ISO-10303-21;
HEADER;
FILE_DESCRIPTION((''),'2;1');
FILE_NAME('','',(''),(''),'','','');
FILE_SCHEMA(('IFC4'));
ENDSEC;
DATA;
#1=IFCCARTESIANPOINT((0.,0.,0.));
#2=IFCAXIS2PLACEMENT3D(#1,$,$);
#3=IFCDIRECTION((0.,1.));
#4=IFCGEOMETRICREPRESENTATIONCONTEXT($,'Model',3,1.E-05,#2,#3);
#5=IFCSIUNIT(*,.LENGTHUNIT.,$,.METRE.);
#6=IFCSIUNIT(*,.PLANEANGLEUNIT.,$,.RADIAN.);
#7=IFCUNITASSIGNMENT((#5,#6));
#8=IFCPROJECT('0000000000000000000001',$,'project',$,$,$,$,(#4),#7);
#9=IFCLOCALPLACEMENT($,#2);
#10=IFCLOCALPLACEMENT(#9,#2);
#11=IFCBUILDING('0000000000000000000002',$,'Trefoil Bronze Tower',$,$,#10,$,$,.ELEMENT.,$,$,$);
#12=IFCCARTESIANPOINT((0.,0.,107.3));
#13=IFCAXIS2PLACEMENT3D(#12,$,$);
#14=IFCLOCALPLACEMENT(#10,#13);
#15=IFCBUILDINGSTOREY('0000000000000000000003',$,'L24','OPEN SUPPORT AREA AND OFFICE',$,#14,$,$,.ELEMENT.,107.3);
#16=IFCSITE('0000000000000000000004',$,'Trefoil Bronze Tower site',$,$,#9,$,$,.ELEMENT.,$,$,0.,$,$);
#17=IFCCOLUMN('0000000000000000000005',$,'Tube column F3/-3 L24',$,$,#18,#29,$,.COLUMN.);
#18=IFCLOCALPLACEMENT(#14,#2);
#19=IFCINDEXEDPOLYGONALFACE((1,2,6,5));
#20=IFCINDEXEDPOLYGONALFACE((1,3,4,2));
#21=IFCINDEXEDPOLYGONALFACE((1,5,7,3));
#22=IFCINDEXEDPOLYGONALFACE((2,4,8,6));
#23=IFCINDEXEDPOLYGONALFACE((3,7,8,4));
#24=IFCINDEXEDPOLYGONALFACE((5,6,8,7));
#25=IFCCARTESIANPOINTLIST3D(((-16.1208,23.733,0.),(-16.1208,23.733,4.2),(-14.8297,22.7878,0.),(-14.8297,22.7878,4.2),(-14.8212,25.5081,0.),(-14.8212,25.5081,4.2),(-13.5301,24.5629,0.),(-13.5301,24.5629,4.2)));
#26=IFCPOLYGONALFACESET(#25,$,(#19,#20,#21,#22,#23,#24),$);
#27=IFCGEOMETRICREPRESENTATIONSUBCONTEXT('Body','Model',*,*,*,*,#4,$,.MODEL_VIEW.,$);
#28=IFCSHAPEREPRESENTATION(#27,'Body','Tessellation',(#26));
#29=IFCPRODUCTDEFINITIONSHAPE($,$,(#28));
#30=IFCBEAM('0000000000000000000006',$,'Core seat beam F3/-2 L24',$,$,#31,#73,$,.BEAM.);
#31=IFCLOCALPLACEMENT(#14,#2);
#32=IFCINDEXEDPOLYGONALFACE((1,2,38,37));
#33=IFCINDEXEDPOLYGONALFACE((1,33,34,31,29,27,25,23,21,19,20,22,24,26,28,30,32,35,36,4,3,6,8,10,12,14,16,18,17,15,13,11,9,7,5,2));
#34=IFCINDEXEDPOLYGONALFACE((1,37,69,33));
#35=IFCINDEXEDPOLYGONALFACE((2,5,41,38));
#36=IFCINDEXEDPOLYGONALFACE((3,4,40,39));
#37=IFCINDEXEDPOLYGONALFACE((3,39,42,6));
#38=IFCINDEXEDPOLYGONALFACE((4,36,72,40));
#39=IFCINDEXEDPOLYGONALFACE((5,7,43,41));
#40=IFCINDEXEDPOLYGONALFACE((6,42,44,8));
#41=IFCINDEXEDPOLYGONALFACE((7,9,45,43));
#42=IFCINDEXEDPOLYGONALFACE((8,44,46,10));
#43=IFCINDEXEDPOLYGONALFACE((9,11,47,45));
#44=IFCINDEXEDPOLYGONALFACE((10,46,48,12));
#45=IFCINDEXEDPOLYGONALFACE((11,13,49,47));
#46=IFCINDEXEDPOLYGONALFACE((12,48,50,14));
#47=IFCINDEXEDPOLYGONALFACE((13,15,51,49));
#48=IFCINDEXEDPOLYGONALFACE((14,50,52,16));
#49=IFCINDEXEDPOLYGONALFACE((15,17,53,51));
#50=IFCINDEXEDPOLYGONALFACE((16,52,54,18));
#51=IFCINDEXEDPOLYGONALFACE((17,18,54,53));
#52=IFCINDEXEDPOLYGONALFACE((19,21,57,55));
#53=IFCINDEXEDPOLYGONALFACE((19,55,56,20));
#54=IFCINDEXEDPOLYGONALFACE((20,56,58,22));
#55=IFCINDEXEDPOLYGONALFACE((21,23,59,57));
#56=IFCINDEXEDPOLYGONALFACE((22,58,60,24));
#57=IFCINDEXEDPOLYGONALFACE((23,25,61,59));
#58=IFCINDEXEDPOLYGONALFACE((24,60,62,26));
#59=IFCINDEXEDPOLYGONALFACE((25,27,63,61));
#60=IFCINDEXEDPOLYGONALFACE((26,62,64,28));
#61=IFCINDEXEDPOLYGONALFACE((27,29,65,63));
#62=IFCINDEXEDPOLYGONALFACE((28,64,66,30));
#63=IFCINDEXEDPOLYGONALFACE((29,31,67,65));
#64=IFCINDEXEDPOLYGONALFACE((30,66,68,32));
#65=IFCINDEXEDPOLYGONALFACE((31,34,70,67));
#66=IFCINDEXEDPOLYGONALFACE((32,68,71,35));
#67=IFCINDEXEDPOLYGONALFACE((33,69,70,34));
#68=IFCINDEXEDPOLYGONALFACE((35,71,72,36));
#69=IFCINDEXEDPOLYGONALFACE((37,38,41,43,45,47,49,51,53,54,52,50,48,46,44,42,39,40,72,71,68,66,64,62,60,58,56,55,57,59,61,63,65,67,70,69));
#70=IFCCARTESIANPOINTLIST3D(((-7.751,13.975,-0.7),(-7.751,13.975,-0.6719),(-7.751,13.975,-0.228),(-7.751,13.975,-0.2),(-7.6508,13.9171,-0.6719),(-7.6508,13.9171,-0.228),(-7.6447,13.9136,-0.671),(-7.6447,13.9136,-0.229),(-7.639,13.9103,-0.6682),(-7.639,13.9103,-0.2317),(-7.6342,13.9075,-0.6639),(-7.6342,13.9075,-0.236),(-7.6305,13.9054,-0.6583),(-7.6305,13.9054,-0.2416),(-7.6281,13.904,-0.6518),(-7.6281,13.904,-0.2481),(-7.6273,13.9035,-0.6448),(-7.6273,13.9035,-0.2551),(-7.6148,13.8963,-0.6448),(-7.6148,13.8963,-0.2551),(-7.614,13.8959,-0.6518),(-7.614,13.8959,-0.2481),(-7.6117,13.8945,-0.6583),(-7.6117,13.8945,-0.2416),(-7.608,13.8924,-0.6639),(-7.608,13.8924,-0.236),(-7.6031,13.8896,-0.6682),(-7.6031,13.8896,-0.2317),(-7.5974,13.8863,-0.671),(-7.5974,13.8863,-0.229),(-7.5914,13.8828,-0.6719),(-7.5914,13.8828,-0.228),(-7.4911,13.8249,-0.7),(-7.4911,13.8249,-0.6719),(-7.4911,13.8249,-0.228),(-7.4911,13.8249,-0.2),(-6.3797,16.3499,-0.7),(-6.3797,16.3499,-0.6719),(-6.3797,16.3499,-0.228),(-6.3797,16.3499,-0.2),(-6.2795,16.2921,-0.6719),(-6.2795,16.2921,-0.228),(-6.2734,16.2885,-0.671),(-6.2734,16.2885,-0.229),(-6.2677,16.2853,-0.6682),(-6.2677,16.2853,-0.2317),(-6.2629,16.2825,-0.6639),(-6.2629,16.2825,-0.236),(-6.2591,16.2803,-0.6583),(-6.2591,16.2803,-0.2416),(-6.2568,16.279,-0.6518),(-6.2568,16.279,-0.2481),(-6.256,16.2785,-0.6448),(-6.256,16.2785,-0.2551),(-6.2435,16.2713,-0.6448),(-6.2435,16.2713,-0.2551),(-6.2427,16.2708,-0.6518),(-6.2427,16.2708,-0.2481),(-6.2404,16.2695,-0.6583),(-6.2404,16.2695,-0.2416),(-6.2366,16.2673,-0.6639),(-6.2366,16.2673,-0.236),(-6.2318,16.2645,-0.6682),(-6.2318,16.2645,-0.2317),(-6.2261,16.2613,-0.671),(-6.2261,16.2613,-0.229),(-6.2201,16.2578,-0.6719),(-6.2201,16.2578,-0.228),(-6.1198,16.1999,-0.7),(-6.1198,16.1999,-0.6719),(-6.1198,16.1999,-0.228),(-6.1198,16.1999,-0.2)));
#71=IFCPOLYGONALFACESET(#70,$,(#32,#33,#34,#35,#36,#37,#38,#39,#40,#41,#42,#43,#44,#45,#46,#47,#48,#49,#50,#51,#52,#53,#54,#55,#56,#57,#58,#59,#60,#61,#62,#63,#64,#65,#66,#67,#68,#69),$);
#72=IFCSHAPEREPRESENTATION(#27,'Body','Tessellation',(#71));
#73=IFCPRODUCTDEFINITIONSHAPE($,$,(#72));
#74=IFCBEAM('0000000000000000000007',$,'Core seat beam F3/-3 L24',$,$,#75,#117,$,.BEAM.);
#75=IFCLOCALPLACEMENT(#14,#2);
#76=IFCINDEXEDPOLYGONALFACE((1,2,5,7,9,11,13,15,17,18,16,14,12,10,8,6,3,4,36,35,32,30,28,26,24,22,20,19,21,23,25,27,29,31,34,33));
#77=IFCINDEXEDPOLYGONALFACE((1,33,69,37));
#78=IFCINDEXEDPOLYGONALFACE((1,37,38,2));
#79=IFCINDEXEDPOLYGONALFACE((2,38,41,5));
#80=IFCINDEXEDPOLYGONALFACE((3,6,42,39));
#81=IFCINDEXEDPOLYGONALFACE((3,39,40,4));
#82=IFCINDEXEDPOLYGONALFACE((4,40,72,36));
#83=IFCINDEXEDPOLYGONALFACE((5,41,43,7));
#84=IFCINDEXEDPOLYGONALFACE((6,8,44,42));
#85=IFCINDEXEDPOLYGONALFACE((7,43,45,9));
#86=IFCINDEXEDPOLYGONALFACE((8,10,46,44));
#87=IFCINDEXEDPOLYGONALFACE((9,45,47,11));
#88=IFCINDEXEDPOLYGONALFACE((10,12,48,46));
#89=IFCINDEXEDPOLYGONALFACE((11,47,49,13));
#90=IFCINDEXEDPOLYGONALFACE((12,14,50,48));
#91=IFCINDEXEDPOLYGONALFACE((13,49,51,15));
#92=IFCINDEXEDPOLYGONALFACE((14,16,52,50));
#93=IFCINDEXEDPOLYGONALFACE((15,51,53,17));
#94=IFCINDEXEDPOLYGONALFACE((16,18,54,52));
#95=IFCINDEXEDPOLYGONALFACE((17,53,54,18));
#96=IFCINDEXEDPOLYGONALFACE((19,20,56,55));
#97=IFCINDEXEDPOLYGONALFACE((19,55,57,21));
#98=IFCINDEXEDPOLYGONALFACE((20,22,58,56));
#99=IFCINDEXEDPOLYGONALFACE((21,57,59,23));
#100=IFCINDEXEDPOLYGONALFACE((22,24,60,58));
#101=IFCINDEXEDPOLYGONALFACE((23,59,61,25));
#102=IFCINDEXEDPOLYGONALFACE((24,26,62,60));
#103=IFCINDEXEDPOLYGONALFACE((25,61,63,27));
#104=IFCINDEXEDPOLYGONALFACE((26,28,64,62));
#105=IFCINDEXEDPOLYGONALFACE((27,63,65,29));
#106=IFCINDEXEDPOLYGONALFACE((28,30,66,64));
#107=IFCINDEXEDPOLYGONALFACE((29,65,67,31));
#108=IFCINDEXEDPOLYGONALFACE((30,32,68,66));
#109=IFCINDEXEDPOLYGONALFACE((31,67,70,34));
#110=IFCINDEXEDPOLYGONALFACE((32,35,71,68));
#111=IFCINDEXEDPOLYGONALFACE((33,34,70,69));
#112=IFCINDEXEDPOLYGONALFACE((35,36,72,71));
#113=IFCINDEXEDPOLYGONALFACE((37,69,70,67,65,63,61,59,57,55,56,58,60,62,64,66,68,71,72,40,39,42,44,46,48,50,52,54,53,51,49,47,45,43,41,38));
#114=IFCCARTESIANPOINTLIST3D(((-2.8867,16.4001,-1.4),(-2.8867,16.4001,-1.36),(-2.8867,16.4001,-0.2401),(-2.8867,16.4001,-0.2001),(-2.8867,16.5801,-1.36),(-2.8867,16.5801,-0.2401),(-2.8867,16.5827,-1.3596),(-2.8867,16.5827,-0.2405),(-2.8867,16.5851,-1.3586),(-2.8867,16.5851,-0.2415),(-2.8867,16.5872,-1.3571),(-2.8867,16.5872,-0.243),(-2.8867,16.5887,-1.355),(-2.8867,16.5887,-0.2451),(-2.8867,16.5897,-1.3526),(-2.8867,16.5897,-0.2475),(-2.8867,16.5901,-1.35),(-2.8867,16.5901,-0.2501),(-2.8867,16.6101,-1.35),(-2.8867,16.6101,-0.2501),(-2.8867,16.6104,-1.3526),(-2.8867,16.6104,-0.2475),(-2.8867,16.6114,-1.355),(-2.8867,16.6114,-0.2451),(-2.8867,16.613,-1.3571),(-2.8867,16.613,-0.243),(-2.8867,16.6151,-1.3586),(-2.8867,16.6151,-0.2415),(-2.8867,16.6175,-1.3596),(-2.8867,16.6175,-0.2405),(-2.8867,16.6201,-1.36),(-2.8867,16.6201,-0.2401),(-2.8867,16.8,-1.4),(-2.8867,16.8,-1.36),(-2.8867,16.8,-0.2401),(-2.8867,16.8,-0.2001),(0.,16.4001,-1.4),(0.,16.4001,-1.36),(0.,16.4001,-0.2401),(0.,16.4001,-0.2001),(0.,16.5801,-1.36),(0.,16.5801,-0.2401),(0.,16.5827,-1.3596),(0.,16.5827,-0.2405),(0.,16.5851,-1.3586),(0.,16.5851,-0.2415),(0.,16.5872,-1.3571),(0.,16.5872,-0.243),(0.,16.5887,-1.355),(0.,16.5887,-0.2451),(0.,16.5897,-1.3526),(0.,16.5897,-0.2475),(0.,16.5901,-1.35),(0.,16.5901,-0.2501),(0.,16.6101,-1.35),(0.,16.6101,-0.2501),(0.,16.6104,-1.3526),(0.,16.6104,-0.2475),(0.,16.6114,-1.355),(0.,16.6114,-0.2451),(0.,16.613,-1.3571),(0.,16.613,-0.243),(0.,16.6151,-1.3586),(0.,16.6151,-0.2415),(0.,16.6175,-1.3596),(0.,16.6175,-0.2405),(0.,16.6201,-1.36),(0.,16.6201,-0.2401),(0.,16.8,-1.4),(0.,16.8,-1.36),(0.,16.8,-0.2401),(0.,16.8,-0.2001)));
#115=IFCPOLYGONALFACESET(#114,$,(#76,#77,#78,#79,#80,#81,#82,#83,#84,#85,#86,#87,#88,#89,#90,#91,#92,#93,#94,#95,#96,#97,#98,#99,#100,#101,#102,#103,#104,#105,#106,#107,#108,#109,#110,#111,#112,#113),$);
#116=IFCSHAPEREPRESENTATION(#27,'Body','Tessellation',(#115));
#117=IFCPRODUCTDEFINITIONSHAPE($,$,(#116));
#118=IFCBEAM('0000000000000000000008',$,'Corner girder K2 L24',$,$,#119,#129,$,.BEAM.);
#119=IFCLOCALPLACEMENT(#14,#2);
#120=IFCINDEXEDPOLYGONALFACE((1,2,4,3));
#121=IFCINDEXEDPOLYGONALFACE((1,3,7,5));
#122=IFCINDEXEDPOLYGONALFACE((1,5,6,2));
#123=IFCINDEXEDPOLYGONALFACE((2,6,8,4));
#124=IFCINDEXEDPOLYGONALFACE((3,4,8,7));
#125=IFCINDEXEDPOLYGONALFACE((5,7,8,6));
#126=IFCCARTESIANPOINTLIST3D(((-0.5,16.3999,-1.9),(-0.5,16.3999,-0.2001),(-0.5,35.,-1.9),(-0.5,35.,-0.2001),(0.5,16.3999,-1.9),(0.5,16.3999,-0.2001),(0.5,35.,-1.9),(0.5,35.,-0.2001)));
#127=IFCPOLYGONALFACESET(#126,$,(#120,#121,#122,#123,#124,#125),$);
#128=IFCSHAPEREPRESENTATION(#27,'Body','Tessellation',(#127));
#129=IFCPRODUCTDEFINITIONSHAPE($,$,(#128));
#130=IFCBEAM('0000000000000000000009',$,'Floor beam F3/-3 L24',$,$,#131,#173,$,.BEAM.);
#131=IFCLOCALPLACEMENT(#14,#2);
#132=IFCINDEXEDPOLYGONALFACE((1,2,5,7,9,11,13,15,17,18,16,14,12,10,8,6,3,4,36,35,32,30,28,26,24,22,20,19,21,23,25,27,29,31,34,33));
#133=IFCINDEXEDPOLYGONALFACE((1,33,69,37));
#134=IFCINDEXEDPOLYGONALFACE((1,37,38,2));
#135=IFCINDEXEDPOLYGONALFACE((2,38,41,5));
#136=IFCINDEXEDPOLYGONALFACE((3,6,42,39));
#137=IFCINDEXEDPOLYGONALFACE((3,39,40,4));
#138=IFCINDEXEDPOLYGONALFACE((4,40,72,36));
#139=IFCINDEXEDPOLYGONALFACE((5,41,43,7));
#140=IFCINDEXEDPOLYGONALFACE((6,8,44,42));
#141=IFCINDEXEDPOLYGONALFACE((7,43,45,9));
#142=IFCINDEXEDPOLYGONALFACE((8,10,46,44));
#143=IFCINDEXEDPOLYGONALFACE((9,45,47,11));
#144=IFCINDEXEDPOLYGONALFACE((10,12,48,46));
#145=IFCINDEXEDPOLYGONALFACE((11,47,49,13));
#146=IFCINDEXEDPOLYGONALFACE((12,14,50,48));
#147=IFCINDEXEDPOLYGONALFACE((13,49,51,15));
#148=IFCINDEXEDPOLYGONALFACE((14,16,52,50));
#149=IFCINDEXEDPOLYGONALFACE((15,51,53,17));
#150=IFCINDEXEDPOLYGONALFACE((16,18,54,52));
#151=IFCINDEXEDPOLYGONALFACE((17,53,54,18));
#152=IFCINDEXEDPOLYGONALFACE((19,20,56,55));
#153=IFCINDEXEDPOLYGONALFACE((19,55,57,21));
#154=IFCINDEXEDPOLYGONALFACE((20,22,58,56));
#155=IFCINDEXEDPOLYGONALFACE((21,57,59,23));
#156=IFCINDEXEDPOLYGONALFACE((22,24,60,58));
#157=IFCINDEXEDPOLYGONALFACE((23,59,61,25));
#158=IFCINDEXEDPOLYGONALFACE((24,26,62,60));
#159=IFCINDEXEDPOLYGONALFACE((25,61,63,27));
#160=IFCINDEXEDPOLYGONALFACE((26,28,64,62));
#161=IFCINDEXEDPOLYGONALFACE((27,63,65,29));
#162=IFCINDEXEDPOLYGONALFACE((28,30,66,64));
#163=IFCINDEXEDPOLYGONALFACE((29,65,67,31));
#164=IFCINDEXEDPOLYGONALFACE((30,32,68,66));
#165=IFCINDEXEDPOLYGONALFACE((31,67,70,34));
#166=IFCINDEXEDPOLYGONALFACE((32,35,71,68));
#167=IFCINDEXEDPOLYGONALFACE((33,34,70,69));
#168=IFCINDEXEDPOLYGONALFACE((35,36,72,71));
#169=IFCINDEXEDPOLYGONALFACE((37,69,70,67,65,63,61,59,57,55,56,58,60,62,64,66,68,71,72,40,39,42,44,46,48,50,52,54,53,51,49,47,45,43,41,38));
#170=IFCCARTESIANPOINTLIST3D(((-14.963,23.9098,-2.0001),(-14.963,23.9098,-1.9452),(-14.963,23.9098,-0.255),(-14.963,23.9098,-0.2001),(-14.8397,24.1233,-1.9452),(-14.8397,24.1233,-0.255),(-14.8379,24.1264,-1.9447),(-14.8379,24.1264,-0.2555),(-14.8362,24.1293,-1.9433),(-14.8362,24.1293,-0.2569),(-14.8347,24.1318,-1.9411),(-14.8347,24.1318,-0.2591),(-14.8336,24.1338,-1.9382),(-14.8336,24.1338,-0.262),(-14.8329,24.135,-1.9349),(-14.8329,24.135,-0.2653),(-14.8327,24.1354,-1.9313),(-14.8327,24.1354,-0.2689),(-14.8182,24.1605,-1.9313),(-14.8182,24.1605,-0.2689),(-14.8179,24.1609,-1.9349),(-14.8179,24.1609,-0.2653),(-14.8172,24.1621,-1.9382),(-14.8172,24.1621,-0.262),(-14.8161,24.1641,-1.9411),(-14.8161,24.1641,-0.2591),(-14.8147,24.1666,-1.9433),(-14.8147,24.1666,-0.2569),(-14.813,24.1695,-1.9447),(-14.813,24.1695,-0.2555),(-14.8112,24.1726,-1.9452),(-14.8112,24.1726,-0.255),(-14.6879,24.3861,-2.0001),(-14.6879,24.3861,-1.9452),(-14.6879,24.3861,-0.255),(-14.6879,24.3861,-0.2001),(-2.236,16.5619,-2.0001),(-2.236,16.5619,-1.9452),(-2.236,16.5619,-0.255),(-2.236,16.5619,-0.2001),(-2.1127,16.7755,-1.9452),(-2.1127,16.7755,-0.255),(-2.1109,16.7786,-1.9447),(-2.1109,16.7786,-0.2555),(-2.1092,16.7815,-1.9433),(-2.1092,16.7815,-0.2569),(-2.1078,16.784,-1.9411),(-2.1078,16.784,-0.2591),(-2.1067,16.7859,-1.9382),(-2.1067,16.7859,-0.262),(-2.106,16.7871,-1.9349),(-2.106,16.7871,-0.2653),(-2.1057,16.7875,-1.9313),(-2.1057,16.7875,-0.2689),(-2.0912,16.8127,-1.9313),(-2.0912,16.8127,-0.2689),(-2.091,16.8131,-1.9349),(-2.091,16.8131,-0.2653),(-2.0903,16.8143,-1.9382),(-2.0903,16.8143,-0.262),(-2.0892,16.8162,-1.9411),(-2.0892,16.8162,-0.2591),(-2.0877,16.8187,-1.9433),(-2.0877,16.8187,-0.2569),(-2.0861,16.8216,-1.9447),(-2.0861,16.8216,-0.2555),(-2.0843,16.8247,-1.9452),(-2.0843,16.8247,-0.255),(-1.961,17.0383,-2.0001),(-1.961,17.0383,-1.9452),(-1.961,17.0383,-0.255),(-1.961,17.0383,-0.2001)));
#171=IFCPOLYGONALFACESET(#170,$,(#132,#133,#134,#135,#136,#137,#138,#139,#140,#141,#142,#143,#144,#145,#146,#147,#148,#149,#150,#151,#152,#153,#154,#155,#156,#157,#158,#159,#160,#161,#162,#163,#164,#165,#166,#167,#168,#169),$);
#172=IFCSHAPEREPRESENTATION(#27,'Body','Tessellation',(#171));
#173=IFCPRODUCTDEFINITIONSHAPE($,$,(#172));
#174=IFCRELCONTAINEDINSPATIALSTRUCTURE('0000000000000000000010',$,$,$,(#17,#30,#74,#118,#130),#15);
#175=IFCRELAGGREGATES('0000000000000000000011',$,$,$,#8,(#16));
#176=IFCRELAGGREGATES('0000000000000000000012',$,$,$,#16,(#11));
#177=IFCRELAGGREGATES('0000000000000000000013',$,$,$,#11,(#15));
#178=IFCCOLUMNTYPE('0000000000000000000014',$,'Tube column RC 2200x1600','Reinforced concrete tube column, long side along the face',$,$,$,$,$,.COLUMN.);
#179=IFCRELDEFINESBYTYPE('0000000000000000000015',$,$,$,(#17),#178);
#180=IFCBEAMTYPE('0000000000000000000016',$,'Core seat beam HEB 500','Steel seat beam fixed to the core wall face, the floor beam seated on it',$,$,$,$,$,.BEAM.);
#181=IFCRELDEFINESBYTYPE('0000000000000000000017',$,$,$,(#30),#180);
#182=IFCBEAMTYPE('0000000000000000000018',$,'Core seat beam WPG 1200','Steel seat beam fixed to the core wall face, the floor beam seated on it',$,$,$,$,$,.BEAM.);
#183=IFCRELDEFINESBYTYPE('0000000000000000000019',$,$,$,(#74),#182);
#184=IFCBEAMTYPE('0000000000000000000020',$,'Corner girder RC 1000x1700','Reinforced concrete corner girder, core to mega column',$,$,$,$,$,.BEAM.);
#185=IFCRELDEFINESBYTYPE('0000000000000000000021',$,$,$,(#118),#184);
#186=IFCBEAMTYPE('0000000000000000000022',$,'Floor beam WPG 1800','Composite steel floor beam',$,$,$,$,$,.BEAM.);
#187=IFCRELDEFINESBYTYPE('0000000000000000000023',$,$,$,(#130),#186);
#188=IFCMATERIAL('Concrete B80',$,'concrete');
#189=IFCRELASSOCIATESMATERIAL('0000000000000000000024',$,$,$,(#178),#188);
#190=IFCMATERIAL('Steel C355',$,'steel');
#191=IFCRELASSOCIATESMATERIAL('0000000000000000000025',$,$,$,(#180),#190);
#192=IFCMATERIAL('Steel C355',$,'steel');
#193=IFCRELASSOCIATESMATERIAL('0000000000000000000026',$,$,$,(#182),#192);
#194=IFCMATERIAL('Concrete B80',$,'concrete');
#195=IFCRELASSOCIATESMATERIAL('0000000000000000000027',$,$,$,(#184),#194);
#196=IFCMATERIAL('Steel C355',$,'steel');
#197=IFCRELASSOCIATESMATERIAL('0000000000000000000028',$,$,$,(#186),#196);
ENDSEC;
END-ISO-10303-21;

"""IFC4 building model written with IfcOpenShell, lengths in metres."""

from ifc_helpers import new_model, si_unit, direction, frame, origin, origin_2d, place, context, subcontext, project, spatial, rectangle, i_section, extrude, material, material_profile, profile_set, type_object, element, save


model = new_model("IFC4")

# Units and contexts
model_context = context("Model", 3, precision=1e-05, world=origin(), true_north=direction((0.0, 1.0)))
body_context = subcontext(model_context, "Body", "Model", "MODEL_VIEW")
ifc_project = project(units=[si_unit("LENGTHUNIT", "METRE"), si_unit("PLANEANGLEUNIT", "RADIAN")], contexts=[model_context])

# Site, building, storey
site_placement = place(None, origin())
site = spatial("IfcSite", under=ifc_project, at=site_placement, Name="Trefoil Bronze Tower site", CompositionType="ELEMENT", RefElevation=0.0)
building_placement = place(site_placement, origin())
building = spatial("IfcBuilding", under=site, at=building_placement, Name="Trefoil Bronze Tower", CompositionType="ELEMENT")
storey_placement = place(building_placement, frame((0.0, 0.0, 107.3)))
storey = spatial("IfcBuildingStorey", under=building, at=storey_placement, Name="L24", Description="OPEN SUPPORT AREA AND OFFICE", CompositionType="ELEMENT", Elevation=107.3)

# Column
ifc_material_1 = material(Name="Concrete B80", Category="concrete")
ifc_material_profile_1 = material_profile(ifc_material_1, rectangle(XDim=2.2, YDim=1.6001, at=origin_2d()), Name="RC 2200x1600")
ifc_profile_set_1 = profile_set([ifc_material_profile_1], Name="Concrete B80")
column_type = type_object("IfcColumnType", Name="Tube column RC 2200x1600", Description="Reinforced concrete tube column, long side along the face", PredefinedType="COLUMN", material=ifc_profile_set_1)
column_placement = place(storey_placement, frame((-14.8254, 24.1479, 0.0), z_axis=(0.0, 0.0, 1.0), x_axis=(-0.590723, -0.806875, 0.0)))
element("IfcColumn", 1, at=column_placement, inside=storey, type_object=column_type, Name="Tube column F3/-3 L24", PredefinedType="COLUMN", context=body_context, shape_type="SweptSolid", body=[
    extrude(rectangle(XDim=2.2, YDim=1.6001, at=origin_2d()), origin(), (0.0, 0.0, 1.0), 4.2),
])

# Beams
ifc_material_2 = material(Name="Steel C355", Category="steel")
ifc_material_profile_2 = material_profile(ifc_material_2, i_section(OverallWidth=0.3, OverallDepth=0.5, WebThickness=0.0144, FlangeThickness=0.0281, FilletRadius=0.0271, at=origin_2d()), Name="HEB 500")
ifc_profile_set_2 = profile_set([ifc_material_profile_2], Name="Steel C355")
beam_type_1 = type_object("IfcBeamType", Name="Core seat beam HEB 500", Description="Steel seat beam fixed to the core wall face, the floor beam seated on it", PredefinedType="BEAM", material=ifc_profile_set_2)
beam_1_placement = place(storey_placement, frame((-6.2498, 16.2749, -0.45), z_axis=(-0.500036, -0.866005, 0.0), x_axis=(0.866005, -0.500036, 0.0)))
element("IfcBeam", 2, at=beam_1_placement, inside=storey, type_object=beam_type_1, Name="Core seat beam F3/-2 L24", PredefinedType="BEAM", context=body_context, shape_type="SweptSolid", body=[
    extrude(i_section(OverallWidth=0.3, OverallDepth=0.5, WebThickness=0.0144, FlangeThickness=0.0281, FilletRadius=0.0271, at=origin_2d()), origin(), (0.0, 0.0, 1.0), 2.7424),
])
ifc_material_3 = material(Name="Steel C355", Category="steel")
ifc_material_profile_3 = material_profile(ifc_material_3, i_section(OverallWidth=0.3999, OverallDepth=1.2, WebThickness=0.02, FlangeThickness=0.04, FilletRadius=0.01, at=origin_2d()), Name="WPG 1200")
ifc_profile_set_3 = profile_set([ifc_material_profile_3], Name="Steel C355")
beam_type_2 = type_object("IfcBeamType", Name="Core seat beam WPG 1200", Description="Steel seat beam fixed to the core wall face, the floor beam seated on it", PredefinedType="BEAM", material=ifc_profile_set_3)
beam_2_placement = place(storey_placement, frame((0.0, 16.6001, -0.8), z_axis=(-1.0, 0.0, 0.0), x_axis=(0.0, -1.0, 0.0)))
element("IfcBeam", 3, at=beam_2_placement, inside=storey, type_object=beam_type_2, Name="Core seat beam F3/-3 L24", PredefinedType="BEAM", context=body_context, shape_type="SweptSolid", body=[
    extrude(i_section(OverallWidth=0.3999, OverallDepth=1.2, WebThickness=0.02, FlangeThickness=0.04, FilletRadius=0.01, at=origin_2d()), origin(), (0.0, 0.0, 1.0), 2.8867),
])
ifc_material_4 = material(Name="Concrete B80", Category="concrete")
ifc_material_profile_4 = material_profile(ifc_material_4, rectangle(XDim=1.0, YDim=1.7, at=origin_2d()), Name="RC 1000x1700")
ifc_profile_set_4 = profile_set([ifc_material_profile_4], Name="Concrete B80")
beam_type_3 = type_object("IfcBeamType", Name="Corner girder RC 1000x1700", Description="Reinforced concrete corner girder, core to mega column", PredefinedType="BEAM", material=ifc_profile_set_4)
beam_3_placement = place(storey_placement, frame((0.0, 16.3999, -1.05), z_axis=(0.0, 1.0, 0.0), x_axis=(-1.0, 0.0, 0.0)))
element("IfcBeam", 4, at=beam_3_placement, inside=storey, type_object=beam_type_3, Name="Corner girder K2 L24", PredefinedType="BEAM", context=body_context, shape_type="SweptSolid", body=[
    extrude(rectangle(XDim=1.0, YDim=1.7, at=origin_2d()), origin(), (0.0, 0.0, 1.0), 18.6001),
])
ifc_material_5 = material(Name="Steel C355", Category="steel")
ifc_material_profile_5 = material_profile(ifc_material_5, i_section(OverallWidth=0.55, OverallDepth=1.8, WebThickness=0.0291, FlangeThickness=0.0549, FilletRadius=0.0139, at=origin_2d()), Name="WPG 1800")
ifc_profile_set_5 = profile_set([ifc_material_profile_5], Name="Steel C355")
beam_type_4 = type_object("IfcBeamType", Name="Floor beam WPG 1800", Description="Composite steel floor beam", PredefinedType="BEAM", material=ifc_profile_set_5)
beam_4_placement = place(storey_placement, frame((-14.8254, 24.1479, -1.1001), z_axis=(0.866027, -0.499997, 0.0), x_axis=(0.499997, 0.866027, 0.0)))
element("IfcBeam", 5, at=beam_4_placement, inside=storey, type_object=beam_type_4, Name="Floor beam F3/-3 L24", PredefinedType="BEAM", context=body_context, shape_type="SweptSolid", body=[
    extrude(i_section(OverallWidth=0.55, OverallDepth=1.8, WebThickness=0.0291, FlangeThickness=0.0549, FilletRadius=0.0139, at=origin_2d()), origin(), (0.0, 0.0, 1.0), 14.6958),
])

save(model, "model.ifc")
